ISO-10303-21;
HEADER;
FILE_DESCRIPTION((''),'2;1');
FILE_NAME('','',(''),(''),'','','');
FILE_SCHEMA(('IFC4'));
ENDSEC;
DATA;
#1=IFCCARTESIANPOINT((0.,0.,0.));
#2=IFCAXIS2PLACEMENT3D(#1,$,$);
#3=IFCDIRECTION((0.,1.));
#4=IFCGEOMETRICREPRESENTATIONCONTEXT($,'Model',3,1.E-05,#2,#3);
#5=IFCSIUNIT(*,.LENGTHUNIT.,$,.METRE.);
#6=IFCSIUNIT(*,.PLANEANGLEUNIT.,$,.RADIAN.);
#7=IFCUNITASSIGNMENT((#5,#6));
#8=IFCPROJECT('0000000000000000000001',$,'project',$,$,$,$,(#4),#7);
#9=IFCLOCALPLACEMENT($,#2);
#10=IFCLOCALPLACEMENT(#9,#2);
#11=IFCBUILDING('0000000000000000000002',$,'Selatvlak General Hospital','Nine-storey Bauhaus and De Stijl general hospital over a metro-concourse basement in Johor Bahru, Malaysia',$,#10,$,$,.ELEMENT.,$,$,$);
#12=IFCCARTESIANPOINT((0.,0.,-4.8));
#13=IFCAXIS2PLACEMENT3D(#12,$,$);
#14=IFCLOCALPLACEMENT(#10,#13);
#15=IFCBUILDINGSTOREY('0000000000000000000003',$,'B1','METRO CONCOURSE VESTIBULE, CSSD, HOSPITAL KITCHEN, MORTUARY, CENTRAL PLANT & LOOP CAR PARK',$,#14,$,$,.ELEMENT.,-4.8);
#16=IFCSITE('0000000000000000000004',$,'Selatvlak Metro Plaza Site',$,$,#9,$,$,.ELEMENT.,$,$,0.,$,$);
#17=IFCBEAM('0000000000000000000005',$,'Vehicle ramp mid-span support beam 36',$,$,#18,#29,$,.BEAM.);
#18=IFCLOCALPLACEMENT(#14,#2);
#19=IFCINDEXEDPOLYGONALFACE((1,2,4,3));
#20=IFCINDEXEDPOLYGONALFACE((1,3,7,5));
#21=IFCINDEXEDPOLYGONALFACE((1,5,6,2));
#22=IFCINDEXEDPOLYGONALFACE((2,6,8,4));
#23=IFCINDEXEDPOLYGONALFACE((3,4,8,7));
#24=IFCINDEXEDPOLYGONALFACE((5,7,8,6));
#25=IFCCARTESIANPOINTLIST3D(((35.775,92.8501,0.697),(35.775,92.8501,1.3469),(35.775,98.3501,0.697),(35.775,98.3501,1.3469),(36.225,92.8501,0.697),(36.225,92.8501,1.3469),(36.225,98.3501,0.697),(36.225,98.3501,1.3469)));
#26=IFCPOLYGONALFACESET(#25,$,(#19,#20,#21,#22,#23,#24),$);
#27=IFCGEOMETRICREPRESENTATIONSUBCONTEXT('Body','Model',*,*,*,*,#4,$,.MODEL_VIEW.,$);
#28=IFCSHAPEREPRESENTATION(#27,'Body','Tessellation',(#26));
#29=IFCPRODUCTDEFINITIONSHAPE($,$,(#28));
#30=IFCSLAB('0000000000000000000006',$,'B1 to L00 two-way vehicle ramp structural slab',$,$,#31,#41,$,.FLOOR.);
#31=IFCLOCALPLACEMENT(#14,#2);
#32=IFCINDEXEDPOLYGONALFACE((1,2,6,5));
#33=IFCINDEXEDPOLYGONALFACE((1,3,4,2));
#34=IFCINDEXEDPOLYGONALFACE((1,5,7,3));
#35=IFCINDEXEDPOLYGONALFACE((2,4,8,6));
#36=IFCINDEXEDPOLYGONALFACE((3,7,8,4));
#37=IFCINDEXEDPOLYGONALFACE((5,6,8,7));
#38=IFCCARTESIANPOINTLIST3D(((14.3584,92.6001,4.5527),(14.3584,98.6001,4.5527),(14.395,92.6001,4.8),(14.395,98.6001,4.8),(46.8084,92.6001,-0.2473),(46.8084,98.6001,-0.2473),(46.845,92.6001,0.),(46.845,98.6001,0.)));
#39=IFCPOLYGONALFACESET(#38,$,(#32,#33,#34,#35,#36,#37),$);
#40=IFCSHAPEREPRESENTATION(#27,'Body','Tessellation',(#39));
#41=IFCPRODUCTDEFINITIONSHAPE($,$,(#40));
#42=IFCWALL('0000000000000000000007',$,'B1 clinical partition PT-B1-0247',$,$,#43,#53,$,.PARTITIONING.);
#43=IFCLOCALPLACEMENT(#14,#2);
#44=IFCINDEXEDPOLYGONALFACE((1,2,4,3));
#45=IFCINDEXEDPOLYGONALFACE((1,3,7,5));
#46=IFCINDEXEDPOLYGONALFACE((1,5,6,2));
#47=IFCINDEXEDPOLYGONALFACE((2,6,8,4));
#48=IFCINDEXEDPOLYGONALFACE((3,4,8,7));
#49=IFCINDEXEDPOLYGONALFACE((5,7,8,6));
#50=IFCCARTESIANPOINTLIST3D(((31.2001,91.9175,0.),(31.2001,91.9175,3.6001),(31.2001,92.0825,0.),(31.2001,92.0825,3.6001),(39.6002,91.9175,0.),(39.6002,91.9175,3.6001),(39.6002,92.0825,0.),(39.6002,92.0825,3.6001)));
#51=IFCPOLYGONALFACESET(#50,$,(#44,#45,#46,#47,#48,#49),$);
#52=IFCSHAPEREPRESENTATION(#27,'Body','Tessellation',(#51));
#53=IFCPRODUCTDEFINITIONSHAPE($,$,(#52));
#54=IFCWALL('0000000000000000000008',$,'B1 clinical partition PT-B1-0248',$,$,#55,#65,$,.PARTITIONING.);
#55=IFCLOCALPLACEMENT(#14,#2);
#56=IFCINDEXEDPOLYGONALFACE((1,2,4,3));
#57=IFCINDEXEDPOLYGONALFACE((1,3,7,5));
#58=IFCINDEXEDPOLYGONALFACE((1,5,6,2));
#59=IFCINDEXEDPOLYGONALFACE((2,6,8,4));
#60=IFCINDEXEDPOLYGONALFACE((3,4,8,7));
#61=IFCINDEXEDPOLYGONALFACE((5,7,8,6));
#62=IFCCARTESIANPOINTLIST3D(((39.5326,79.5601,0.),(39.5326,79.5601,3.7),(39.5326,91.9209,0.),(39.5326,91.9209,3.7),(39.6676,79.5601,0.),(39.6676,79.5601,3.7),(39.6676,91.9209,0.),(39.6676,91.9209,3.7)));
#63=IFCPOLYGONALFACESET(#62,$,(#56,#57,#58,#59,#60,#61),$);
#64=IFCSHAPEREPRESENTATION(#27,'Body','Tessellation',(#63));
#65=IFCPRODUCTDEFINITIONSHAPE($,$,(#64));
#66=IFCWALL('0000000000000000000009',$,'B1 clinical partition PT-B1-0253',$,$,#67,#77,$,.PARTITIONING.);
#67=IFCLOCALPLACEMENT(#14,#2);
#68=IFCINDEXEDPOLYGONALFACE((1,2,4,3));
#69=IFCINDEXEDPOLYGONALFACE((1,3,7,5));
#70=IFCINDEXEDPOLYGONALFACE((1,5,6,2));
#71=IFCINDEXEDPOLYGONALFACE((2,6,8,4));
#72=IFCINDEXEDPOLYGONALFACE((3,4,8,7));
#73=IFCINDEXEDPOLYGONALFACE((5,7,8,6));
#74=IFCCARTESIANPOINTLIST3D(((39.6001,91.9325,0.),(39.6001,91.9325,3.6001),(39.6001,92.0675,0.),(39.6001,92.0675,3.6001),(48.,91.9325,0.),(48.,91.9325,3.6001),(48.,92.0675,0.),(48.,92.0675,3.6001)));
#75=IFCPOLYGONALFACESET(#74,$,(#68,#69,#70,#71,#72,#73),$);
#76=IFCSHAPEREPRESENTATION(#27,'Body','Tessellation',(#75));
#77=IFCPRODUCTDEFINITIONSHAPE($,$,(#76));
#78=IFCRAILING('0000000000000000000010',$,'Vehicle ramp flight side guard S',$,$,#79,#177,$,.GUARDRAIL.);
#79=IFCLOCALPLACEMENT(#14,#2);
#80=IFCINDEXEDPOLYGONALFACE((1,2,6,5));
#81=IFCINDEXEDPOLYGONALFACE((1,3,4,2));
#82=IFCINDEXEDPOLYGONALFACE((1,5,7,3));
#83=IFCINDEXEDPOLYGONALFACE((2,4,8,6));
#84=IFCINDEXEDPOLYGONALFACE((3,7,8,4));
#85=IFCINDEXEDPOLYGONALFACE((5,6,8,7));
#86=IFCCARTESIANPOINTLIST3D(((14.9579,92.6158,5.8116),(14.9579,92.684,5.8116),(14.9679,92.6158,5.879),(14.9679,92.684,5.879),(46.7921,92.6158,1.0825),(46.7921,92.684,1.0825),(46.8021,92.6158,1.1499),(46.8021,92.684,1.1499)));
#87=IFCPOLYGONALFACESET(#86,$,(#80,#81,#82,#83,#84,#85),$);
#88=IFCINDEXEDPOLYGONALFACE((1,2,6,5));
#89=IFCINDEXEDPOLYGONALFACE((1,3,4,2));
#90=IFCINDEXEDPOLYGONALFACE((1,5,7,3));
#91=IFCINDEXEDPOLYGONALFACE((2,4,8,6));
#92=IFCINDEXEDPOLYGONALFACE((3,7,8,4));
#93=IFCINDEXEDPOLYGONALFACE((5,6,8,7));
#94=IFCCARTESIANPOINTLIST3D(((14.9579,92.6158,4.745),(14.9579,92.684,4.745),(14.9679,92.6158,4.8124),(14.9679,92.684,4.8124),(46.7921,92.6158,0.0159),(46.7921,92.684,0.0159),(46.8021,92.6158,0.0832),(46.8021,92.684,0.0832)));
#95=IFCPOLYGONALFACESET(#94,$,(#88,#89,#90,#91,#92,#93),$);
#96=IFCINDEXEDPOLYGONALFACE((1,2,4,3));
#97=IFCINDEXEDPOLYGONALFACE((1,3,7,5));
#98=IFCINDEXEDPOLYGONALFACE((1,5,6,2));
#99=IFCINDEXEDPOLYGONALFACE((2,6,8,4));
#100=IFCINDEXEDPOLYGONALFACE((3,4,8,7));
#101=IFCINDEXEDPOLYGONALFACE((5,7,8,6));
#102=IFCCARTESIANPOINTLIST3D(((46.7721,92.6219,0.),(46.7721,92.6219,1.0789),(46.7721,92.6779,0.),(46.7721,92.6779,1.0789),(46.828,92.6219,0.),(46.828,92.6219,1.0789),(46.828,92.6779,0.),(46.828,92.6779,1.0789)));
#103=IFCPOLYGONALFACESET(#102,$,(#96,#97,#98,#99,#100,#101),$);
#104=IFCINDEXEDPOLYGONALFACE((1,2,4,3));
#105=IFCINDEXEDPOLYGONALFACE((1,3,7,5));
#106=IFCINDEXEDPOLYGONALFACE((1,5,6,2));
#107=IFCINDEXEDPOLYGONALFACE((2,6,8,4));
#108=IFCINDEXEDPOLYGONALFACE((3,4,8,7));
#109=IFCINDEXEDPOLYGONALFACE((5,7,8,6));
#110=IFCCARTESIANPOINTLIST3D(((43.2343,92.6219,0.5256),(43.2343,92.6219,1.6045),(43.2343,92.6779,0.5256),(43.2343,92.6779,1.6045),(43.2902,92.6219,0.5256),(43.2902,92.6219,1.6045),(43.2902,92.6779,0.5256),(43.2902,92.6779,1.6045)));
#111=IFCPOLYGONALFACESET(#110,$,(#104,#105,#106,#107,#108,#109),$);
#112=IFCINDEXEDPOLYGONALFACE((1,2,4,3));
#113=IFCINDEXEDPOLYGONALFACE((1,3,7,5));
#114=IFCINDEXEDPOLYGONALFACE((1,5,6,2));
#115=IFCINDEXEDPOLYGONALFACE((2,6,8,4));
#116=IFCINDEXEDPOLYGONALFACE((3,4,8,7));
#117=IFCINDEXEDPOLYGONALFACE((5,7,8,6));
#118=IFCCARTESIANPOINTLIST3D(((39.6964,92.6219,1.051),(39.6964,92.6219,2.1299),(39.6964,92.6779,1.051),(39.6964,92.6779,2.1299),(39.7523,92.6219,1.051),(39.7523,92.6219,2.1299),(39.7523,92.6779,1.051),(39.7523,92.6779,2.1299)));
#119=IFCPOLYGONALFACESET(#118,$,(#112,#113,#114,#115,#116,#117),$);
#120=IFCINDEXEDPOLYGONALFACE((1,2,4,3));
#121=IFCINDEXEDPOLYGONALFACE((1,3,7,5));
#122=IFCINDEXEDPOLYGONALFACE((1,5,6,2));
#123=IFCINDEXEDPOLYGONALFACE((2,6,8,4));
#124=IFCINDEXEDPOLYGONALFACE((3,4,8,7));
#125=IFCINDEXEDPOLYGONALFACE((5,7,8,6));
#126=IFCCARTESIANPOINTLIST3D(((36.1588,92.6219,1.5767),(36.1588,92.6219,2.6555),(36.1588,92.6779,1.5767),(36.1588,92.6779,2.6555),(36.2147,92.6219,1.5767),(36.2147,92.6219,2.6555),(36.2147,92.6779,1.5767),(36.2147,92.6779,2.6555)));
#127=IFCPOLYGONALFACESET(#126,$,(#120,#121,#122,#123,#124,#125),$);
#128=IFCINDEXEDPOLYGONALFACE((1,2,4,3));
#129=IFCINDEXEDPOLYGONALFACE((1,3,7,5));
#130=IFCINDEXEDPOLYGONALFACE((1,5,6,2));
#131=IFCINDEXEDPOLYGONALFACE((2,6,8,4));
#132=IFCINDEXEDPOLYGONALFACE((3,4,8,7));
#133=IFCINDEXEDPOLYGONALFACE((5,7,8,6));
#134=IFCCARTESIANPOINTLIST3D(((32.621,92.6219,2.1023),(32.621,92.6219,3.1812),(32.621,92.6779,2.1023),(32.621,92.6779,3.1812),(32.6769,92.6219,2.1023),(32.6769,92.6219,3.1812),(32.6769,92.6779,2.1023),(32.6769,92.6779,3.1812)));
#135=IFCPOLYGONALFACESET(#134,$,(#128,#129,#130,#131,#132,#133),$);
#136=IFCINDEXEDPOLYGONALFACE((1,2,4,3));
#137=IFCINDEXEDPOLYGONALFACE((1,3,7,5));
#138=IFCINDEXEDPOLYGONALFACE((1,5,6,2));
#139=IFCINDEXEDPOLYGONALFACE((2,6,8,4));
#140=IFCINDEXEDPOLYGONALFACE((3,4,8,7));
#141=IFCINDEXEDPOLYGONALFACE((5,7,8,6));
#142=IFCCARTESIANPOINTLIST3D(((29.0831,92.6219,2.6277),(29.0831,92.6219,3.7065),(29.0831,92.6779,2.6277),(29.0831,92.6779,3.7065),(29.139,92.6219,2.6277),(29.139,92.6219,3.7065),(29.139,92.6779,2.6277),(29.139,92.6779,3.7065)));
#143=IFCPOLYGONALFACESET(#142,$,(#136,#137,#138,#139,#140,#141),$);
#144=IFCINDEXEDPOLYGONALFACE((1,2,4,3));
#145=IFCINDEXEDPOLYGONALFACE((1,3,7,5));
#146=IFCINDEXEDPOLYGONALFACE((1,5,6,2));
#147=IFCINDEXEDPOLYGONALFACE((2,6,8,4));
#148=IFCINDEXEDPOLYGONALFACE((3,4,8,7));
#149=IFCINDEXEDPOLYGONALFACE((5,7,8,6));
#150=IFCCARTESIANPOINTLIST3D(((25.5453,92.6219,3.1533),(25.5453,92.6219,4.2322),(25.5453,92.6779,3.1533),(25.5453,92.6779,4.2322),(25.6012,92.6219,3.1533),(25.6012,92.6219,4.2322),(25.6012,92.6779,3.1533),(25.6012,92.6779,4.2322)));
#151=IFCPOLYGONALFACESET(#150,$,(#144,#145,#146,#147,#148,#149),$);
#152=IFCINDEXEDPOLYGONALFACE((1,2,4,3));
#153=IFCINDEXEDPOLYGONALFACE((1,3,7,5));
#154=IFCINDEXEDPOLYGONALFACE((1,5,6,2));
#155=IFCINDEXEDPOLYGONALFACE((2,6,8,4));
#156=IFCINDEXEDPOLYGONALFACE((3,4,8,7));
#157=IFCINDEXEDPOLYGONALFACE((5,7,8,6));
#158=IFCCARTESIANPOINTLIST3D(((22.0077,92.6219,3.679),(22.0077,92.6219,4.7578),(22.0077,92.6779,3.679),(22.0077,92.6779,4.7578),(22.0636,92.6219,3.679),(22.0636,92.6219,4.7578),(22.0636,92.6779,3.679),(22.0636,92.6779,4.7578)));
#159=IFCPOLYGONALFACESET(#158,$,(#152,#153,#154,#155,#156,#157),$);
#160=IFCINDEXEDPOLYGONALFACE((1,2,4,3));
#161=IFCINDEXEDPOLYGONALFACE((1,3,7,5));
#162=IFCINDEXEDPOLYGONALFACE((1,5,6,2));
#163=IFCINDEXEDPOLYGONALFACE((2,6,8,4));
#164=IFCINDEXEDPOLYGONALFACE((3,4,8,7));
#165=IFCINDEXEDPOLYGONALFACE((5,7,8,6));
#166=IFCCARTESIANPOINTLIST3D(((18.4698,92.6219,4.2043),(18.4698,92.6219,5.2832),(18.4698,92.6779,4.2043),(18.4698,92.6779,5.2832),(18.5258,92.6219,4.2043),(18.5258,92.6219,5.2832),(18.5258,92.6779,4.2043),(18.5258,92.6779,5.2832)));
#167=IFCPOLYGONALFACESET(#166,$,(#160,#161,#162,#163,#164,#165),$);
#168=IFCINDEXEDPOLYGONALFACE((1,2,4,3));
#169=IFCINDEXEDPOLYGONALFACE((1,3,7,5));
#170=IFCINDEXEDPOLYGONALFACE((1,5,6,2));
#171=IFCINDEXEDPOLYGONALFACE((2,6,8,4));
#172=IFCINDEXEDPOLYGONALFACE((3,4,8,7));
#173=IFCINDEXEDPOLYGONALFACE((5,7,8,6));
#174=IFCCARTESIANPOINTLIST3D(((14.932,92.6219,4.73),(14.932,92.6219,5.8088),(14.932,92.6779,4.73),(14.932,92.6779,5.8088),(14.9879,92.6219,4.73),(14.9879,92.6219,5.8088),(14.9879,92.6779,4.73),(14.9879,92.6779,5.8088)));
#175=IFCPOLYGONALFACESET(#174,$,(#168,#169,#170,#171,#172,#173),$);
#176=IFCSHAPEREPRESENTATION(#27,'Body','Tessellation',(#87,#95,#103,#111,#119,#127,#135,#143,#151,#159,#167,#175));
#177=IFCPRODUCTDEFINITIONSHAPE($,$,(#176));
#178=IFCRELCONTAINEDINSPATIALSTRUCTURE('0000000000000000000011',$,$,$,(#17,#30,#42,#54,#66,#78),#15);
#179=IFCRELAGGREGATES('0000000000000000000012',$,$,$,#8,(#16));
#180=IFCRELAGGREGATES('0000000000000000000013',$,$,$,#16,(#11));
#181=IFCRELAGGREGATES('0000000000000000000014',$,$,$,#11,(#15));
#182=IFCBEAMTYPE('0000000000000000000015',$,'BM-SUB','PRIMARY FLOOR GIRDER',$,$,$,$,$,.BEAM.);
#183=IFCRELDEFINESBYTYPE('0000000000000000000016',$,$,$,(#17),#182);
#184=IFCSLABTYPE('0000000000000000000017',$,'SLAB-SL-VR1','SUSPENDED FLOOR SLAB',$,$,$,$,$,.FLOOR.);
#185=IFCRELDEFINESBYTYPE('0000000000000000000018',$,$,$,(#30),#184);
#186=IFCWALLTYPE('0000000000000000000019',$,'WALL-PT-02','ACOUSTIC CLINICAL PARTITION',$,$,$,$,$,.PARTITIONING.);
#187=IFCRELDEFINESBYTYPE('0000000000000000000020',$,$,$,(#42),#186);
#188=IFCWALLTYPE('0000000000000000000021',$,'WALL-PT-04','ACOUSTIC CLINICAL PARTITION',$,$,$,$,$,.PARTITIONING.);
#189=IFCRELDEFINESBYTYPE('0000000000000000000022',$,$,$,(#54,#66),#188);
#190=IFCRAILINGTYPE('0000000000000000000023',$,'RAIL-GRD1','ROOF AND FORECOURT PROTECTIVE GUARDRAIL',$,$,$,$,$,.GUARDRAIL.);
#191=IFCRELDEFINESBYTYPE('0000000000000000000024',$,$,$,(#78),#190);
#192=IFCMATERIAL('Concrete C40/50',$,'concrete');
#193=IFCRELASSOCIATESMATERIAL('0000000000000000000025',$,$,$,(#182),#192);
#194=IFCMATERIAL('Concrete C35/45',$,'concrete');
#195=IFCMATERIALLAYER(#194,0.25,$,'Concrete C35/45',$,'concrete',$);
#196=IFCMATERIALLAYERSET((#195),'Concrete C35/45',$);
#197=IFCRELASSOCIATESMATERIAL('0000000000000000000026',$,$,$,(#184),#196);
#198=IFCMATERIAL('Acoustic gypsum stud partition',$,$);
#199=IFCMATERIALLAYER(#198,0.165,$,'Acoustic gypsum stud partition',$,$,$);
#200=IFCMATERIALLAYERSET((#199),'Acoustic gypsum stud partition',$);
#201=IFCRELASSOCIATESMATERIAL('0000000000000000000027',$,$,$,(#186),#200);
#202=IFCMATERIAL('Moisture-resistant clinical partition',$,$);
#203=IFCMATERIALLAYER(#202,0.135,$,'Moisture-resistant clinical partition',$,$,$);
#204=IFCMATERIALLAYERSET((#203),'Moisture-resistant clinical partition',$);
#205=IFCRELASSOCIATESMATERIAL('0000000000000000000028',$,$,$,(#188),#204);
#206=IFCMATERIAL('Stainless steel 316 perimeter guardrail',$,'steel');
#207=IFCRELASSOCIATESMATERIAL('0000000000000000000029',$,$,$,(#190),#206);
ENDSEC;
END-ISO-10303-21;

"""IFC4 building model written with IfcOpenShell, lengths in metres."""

from ifc_helpers import new_model, si_unit, direction, frame, frame_2d, origin, origin_2d, place, context, subcontext, project, spatial, polyline, rectangle, outline, extrude, material, layer, layer_set, material_profile, profile_set, type_object, element, save


model = new_model("IFC4")

# Units and contexts
model_context = context("Model", 3, precision=1e-05, world=origin(), true_north=direction((0.0, 1.0)))
body_context = subcontext(model_context, "Body", "Model", "MODEL_VIEW")
ifc_project = project(units=[si_unit("LENGTHUNIT", "METRE"), si_unit("PLANEANGLEUNIT", "RADIAN")], contexts=[model_context])

# Site, building, storey
site_placement = place(None, origin())
site = spatial("IfcSite", under=ifc_project, at=site_placement, Name="Selatvlak Metro Plaza Site", CompositionType="ELEMENT", RefElevation=0.0)
building_placement = place(site_placement, origin())
building = spatial("IfcBuilding", under=site, at=building_placement, Name="Selatvlak General Hospital", Description="Nine-storey Bauhaus and De Stijl general hospital over a metro-concourse basement in Johor Bahru, Malaysia", CompositionType="ELEMENT")
storey_placement = place(building_placement, frame((0.0, 0.0, -4.8)))
storey = spatial("IfcBuildingStorey", under=building, at=storey_placement, Name="B1", Description="METRO CONCOURSE VESTIBULE, CSSD, HOSPITAL KITCHEN, MORTUARY, CENTRAL PLANT & LOOP CAR PARK", CompositionType="ELEMENT", Elevation=-4.8)

# Shared definitions
ifc_material_1 = material(Name="Concrete C40/50", Category="concrete")
ifc_material_2 = material(Name="Concrete C35/45", Category="concrete")

# Beam
ifc_material_profile_1 = material_profile(ifc_material_1, rectangle(XDim=0.45, YDim=0.6499, at=origin_2d()), Name="RC-BM 450x650")
ifc_profile_set_1 = profile_set([ifc_material_profile_1], Name="Concrete C40/50")
beam_type = type_object("IfcBeamType", Name="BM-SUB", Description="PRIMARY FLOOR GIRDER", PredefinedType="BEAM", material=ifc_profile_set_1)
for number, where, z_axis, x_axis, name in (
    (1, (36.0, 92.8501, 1.022), (0.0, 1.0, 0.0), (-1.0, 0.0, 0.0), "Vehicle ramp mid-span support beam 36"),
):
    element("IfcBeam", number, at=place(storey_placement, frame(where, z_axis=z_axis, x_axis=x_axis)), inside=storey, type_object=beam_type, Name=name, PredefinedType="BEAM", context=body_context, shape_type="SweptSolid", body=[
        extrude(rectangle(XDim=0.45, YDim=0.6499, at=origin_2d()), origin(), (0.0, 0.0, 1.0), 5.5),
    ])

# Slab
ifc_layer_1 = layer(ifc_material_2, 0.25, Name="Concrete C35/45", Category="concrete")
ifc_layer_set_1 = layer_set([ifc_layer_1], Name="Concrete C35/45")
slab_type = type_object("IfcSlabType", Name="SLAB-SL-VR1", Description="SUSPENDED FLOOR SLAB", PredefinedType="FLOOR", material=ifc_layer_set_1)
slab_placement = place(storey_placement, frame((46.845, 92.6001, 0.0), z_axis=(0.146329, 0.0, 0.989236), x_axis=(-0.989236, 0.0, 0.146329)))
element("IfcSlab", 2, at=slab_placement, inside=storey, type_object=slab_type, Name="B1 to L00 two-way vehicle ramp structural slab", PredefinedType="FLOOR", context=body_context, shape_type="SweptSolid", body=[
    extrude(outline(polyline([(0.0, 0.0), (32.803, 0.0), (32.803, -6.0), (0.0, -6.0), (0.0, 0.0)])), origin(), (0.0, 0.0, -1.0), 0.25),
])

# Walls
ifc_material_3 = material(Name="Acoustic gypsum stud partition")
ifc_layer_2 = layer(ifc_material_3, 0.165, Name="Acoustic gypsum stud partition")
ifc_layer_set_2 = layer_set([ifc_layer_2], Name="Acoustic gypsum stud partition")
wall_type_1 = type_object("IfcWallType", Name="WALL-PT-02", Description="ACOUSTIC CLINICAL PARTITION", PredefinedType="PARTITIONING", material=ifc_layer_set_2)
wall_1_placement = place(storey_placement, frame((31.2, 92.0, 0.0), z_axis=(0.0, 0.0, 1.0), x_axis=(1.0, 0.0, 0.0)))
element("IfcWall", 3, at=wall_1_placement, inside=storey, type_object=wall_type_1, Name="B1 clinical partition PT-B1-0247", PredefinedType="PARTITIONING", context=body_context, shape_type="SweptSolid", body=[
    extrude(rectangle(XDim=8.4001, YDim=0.165, at=frame_2d((4.2002, 0.0))), origin(), (0.0, 0.0, 1.0), 3.6001),
])
ifc_material_4 = material(Name="Moisture-resistant clinical partition")
ifc_layer_3 = layer(ifc_material_4, 0.135, Name="Moisture-resistant clinical partition")
ifc_layer_set_3 = layer_set([ifc_layer_3], Name="Moisture-resistant clinical partition")
wall_type_2 = type_object("IfcWallType", Name="WALL-PT-04", Description="ACOUSTIC CLINICAL PARTITION", PredefinedType="PARTITIONING", material=ifc_layer_set_3)
wall_2_placement = place(storey_placement, frame((39.6001, 91.9209, 0.0), z_axis=(0.0, 0.0, 1.0), x_axis=(0.0, -1.0, 0.0)))
element("IfcWall", 4, at=wall_2_placement, inside=storey, type_object=wall_type_2, Name="B1 clinical partition PT-B1-0248", PredefinedType="PARTITIONING", context=body_context, shape_type="SweptSolid", body=[
    extrude(rectangle(XDim=12.3608, YDim=0.135, at=frame_2d((6.1804, 0.0))), origin(), (0.0, 0.0, 1.0), 3.7),
])
wall_3_placement = place(storey_placement, frame((39.6001, 92.0, 0.0), z_axis=(0.0, 0.0, 1.0), x_axis=(1.0, 0.0, 0.0)))
element("IfcWall", 5, at=wall_3_placement, inside=storey, type_object=wall_type_2, Name="B1 clinical partition PT-B1-0253", PredefinedType="PARTITIONING", context=body_context, shape_type="SweptSolid", body=[
    extrude(rectangle(XDim=8.3999, YDim=0.135, at=frame_2d((4.2, 0.0))), origin(), (0.0, 0.0, 1.0), 3.6001),
])

# Railing
ifc_material_5 = material(Name="Stainless steel 316 perimeter guardrail", Category="steel")
railing_type = type_object("IfcRailingType", Name="RAIL-GRD1", Description="ROOF AND FORECOURT PROTECTIVE GUARDRAIL", PredefinedType="GUARDRAIL", material=ifc_material_5)
railing_1_placement = place(storey_placement, frame((46.8, 92.6499, 0.0)))
element("IfcRailing", 6, at=railing_1_placement, inside=storey, type_object=railing_type, Name="Vehicle ramp flight side guard S", PredefinedType="GUARDRAIL", context=body_context, shape_type="SweptSolid", body=[
    extrude(rectangle(XDim=0.0681, YDim=0.0681, at=origin_2d()), frame((-0.0029, 0.0, 1.1162), z_axis=(-0.989145, 0.0, 0.146942), x_axis=(0.0, -1.0, 0.0)), (0.0, 0.0, 1.0), 32.1836),
    extrude(rectangle(XDim=0.0681, YDim=0.0681, at=origin_2d()), frame((-0.0029, 0.0, 0.0496), z_axis=(-0.989145, 0.0, 0.146942), x_axis=(0.0, -1.0, 0.0)), (0.0, 0.0, 1.0), 32.1836),
    extrude(rectangle(XDim=0.0559, YDim=0.0559, at=origin_2d()), origin(), (0.0, 0.0, 1.0), 1.0789),
    extrude(rectangle(XDim=0.0559, YDim=0.0559, at=origin_2d()), frame((-3.5378, 0.0, 0.5256)), (0.0, 0.0, 1.0), 1.0789),
    extrude(rectangle(XDim=0.0559, YDim=0.0559, at=origin_2d()), frame((-7.0757, 0.0, 1.051)), (0.0, 0.0, 1.0), 1.0789),
    extrude(rectangle(XDim=0.0559, YDim=0.0559, at=origin_2d()), frame((-10.6133, 0.0, 1.5767)), (0.0, 0.0, 1.0), 1.0789),
    extrude(rectangle(XDim=0.0559, YDim=0.0559, at=origin_2d()), frame((-14.1511, 0.0, 2.1023)), (0.0, 0.0, 1.0), 1.0789),
    extrude(rectangle(XDim=0.0559, YDim=0.0559, at=origin_2d()), frame((-17.689, 0.0, 2.6277)), (0.0, 0.0, 1.0), 1.0789),
    extrude(rectangle(XDim=0.0559, YDim=0.0559, at=origin_2d()), frame((-21.2268, 0.0, 3.1533)), (0.0, 0.0, 1.0), 1.0789),
    extrude(rectangle(XDim=0.0559, YDim=0.0559, at=origin_2d()), frame((-24.7644, 0.0, 3.679)), (0.0, 0.0, 1.0), 1.0789),
    extrude(rectangle(XDim=0.0559, YDim=0.0559, at=origin_2d()), frame((-28.3022, 0.0, 4.2043)), (0.0, 0.0, 1.0), 1.0789),
    extrude(rectangle(XDim=0.0559, YDim=0.0559, at=origin_2d()), frame((-31.8401, 0.0, 4.73)), (0.0, 0.0, 1.0), 1.0789),
])

save(model, "model.ifc")
